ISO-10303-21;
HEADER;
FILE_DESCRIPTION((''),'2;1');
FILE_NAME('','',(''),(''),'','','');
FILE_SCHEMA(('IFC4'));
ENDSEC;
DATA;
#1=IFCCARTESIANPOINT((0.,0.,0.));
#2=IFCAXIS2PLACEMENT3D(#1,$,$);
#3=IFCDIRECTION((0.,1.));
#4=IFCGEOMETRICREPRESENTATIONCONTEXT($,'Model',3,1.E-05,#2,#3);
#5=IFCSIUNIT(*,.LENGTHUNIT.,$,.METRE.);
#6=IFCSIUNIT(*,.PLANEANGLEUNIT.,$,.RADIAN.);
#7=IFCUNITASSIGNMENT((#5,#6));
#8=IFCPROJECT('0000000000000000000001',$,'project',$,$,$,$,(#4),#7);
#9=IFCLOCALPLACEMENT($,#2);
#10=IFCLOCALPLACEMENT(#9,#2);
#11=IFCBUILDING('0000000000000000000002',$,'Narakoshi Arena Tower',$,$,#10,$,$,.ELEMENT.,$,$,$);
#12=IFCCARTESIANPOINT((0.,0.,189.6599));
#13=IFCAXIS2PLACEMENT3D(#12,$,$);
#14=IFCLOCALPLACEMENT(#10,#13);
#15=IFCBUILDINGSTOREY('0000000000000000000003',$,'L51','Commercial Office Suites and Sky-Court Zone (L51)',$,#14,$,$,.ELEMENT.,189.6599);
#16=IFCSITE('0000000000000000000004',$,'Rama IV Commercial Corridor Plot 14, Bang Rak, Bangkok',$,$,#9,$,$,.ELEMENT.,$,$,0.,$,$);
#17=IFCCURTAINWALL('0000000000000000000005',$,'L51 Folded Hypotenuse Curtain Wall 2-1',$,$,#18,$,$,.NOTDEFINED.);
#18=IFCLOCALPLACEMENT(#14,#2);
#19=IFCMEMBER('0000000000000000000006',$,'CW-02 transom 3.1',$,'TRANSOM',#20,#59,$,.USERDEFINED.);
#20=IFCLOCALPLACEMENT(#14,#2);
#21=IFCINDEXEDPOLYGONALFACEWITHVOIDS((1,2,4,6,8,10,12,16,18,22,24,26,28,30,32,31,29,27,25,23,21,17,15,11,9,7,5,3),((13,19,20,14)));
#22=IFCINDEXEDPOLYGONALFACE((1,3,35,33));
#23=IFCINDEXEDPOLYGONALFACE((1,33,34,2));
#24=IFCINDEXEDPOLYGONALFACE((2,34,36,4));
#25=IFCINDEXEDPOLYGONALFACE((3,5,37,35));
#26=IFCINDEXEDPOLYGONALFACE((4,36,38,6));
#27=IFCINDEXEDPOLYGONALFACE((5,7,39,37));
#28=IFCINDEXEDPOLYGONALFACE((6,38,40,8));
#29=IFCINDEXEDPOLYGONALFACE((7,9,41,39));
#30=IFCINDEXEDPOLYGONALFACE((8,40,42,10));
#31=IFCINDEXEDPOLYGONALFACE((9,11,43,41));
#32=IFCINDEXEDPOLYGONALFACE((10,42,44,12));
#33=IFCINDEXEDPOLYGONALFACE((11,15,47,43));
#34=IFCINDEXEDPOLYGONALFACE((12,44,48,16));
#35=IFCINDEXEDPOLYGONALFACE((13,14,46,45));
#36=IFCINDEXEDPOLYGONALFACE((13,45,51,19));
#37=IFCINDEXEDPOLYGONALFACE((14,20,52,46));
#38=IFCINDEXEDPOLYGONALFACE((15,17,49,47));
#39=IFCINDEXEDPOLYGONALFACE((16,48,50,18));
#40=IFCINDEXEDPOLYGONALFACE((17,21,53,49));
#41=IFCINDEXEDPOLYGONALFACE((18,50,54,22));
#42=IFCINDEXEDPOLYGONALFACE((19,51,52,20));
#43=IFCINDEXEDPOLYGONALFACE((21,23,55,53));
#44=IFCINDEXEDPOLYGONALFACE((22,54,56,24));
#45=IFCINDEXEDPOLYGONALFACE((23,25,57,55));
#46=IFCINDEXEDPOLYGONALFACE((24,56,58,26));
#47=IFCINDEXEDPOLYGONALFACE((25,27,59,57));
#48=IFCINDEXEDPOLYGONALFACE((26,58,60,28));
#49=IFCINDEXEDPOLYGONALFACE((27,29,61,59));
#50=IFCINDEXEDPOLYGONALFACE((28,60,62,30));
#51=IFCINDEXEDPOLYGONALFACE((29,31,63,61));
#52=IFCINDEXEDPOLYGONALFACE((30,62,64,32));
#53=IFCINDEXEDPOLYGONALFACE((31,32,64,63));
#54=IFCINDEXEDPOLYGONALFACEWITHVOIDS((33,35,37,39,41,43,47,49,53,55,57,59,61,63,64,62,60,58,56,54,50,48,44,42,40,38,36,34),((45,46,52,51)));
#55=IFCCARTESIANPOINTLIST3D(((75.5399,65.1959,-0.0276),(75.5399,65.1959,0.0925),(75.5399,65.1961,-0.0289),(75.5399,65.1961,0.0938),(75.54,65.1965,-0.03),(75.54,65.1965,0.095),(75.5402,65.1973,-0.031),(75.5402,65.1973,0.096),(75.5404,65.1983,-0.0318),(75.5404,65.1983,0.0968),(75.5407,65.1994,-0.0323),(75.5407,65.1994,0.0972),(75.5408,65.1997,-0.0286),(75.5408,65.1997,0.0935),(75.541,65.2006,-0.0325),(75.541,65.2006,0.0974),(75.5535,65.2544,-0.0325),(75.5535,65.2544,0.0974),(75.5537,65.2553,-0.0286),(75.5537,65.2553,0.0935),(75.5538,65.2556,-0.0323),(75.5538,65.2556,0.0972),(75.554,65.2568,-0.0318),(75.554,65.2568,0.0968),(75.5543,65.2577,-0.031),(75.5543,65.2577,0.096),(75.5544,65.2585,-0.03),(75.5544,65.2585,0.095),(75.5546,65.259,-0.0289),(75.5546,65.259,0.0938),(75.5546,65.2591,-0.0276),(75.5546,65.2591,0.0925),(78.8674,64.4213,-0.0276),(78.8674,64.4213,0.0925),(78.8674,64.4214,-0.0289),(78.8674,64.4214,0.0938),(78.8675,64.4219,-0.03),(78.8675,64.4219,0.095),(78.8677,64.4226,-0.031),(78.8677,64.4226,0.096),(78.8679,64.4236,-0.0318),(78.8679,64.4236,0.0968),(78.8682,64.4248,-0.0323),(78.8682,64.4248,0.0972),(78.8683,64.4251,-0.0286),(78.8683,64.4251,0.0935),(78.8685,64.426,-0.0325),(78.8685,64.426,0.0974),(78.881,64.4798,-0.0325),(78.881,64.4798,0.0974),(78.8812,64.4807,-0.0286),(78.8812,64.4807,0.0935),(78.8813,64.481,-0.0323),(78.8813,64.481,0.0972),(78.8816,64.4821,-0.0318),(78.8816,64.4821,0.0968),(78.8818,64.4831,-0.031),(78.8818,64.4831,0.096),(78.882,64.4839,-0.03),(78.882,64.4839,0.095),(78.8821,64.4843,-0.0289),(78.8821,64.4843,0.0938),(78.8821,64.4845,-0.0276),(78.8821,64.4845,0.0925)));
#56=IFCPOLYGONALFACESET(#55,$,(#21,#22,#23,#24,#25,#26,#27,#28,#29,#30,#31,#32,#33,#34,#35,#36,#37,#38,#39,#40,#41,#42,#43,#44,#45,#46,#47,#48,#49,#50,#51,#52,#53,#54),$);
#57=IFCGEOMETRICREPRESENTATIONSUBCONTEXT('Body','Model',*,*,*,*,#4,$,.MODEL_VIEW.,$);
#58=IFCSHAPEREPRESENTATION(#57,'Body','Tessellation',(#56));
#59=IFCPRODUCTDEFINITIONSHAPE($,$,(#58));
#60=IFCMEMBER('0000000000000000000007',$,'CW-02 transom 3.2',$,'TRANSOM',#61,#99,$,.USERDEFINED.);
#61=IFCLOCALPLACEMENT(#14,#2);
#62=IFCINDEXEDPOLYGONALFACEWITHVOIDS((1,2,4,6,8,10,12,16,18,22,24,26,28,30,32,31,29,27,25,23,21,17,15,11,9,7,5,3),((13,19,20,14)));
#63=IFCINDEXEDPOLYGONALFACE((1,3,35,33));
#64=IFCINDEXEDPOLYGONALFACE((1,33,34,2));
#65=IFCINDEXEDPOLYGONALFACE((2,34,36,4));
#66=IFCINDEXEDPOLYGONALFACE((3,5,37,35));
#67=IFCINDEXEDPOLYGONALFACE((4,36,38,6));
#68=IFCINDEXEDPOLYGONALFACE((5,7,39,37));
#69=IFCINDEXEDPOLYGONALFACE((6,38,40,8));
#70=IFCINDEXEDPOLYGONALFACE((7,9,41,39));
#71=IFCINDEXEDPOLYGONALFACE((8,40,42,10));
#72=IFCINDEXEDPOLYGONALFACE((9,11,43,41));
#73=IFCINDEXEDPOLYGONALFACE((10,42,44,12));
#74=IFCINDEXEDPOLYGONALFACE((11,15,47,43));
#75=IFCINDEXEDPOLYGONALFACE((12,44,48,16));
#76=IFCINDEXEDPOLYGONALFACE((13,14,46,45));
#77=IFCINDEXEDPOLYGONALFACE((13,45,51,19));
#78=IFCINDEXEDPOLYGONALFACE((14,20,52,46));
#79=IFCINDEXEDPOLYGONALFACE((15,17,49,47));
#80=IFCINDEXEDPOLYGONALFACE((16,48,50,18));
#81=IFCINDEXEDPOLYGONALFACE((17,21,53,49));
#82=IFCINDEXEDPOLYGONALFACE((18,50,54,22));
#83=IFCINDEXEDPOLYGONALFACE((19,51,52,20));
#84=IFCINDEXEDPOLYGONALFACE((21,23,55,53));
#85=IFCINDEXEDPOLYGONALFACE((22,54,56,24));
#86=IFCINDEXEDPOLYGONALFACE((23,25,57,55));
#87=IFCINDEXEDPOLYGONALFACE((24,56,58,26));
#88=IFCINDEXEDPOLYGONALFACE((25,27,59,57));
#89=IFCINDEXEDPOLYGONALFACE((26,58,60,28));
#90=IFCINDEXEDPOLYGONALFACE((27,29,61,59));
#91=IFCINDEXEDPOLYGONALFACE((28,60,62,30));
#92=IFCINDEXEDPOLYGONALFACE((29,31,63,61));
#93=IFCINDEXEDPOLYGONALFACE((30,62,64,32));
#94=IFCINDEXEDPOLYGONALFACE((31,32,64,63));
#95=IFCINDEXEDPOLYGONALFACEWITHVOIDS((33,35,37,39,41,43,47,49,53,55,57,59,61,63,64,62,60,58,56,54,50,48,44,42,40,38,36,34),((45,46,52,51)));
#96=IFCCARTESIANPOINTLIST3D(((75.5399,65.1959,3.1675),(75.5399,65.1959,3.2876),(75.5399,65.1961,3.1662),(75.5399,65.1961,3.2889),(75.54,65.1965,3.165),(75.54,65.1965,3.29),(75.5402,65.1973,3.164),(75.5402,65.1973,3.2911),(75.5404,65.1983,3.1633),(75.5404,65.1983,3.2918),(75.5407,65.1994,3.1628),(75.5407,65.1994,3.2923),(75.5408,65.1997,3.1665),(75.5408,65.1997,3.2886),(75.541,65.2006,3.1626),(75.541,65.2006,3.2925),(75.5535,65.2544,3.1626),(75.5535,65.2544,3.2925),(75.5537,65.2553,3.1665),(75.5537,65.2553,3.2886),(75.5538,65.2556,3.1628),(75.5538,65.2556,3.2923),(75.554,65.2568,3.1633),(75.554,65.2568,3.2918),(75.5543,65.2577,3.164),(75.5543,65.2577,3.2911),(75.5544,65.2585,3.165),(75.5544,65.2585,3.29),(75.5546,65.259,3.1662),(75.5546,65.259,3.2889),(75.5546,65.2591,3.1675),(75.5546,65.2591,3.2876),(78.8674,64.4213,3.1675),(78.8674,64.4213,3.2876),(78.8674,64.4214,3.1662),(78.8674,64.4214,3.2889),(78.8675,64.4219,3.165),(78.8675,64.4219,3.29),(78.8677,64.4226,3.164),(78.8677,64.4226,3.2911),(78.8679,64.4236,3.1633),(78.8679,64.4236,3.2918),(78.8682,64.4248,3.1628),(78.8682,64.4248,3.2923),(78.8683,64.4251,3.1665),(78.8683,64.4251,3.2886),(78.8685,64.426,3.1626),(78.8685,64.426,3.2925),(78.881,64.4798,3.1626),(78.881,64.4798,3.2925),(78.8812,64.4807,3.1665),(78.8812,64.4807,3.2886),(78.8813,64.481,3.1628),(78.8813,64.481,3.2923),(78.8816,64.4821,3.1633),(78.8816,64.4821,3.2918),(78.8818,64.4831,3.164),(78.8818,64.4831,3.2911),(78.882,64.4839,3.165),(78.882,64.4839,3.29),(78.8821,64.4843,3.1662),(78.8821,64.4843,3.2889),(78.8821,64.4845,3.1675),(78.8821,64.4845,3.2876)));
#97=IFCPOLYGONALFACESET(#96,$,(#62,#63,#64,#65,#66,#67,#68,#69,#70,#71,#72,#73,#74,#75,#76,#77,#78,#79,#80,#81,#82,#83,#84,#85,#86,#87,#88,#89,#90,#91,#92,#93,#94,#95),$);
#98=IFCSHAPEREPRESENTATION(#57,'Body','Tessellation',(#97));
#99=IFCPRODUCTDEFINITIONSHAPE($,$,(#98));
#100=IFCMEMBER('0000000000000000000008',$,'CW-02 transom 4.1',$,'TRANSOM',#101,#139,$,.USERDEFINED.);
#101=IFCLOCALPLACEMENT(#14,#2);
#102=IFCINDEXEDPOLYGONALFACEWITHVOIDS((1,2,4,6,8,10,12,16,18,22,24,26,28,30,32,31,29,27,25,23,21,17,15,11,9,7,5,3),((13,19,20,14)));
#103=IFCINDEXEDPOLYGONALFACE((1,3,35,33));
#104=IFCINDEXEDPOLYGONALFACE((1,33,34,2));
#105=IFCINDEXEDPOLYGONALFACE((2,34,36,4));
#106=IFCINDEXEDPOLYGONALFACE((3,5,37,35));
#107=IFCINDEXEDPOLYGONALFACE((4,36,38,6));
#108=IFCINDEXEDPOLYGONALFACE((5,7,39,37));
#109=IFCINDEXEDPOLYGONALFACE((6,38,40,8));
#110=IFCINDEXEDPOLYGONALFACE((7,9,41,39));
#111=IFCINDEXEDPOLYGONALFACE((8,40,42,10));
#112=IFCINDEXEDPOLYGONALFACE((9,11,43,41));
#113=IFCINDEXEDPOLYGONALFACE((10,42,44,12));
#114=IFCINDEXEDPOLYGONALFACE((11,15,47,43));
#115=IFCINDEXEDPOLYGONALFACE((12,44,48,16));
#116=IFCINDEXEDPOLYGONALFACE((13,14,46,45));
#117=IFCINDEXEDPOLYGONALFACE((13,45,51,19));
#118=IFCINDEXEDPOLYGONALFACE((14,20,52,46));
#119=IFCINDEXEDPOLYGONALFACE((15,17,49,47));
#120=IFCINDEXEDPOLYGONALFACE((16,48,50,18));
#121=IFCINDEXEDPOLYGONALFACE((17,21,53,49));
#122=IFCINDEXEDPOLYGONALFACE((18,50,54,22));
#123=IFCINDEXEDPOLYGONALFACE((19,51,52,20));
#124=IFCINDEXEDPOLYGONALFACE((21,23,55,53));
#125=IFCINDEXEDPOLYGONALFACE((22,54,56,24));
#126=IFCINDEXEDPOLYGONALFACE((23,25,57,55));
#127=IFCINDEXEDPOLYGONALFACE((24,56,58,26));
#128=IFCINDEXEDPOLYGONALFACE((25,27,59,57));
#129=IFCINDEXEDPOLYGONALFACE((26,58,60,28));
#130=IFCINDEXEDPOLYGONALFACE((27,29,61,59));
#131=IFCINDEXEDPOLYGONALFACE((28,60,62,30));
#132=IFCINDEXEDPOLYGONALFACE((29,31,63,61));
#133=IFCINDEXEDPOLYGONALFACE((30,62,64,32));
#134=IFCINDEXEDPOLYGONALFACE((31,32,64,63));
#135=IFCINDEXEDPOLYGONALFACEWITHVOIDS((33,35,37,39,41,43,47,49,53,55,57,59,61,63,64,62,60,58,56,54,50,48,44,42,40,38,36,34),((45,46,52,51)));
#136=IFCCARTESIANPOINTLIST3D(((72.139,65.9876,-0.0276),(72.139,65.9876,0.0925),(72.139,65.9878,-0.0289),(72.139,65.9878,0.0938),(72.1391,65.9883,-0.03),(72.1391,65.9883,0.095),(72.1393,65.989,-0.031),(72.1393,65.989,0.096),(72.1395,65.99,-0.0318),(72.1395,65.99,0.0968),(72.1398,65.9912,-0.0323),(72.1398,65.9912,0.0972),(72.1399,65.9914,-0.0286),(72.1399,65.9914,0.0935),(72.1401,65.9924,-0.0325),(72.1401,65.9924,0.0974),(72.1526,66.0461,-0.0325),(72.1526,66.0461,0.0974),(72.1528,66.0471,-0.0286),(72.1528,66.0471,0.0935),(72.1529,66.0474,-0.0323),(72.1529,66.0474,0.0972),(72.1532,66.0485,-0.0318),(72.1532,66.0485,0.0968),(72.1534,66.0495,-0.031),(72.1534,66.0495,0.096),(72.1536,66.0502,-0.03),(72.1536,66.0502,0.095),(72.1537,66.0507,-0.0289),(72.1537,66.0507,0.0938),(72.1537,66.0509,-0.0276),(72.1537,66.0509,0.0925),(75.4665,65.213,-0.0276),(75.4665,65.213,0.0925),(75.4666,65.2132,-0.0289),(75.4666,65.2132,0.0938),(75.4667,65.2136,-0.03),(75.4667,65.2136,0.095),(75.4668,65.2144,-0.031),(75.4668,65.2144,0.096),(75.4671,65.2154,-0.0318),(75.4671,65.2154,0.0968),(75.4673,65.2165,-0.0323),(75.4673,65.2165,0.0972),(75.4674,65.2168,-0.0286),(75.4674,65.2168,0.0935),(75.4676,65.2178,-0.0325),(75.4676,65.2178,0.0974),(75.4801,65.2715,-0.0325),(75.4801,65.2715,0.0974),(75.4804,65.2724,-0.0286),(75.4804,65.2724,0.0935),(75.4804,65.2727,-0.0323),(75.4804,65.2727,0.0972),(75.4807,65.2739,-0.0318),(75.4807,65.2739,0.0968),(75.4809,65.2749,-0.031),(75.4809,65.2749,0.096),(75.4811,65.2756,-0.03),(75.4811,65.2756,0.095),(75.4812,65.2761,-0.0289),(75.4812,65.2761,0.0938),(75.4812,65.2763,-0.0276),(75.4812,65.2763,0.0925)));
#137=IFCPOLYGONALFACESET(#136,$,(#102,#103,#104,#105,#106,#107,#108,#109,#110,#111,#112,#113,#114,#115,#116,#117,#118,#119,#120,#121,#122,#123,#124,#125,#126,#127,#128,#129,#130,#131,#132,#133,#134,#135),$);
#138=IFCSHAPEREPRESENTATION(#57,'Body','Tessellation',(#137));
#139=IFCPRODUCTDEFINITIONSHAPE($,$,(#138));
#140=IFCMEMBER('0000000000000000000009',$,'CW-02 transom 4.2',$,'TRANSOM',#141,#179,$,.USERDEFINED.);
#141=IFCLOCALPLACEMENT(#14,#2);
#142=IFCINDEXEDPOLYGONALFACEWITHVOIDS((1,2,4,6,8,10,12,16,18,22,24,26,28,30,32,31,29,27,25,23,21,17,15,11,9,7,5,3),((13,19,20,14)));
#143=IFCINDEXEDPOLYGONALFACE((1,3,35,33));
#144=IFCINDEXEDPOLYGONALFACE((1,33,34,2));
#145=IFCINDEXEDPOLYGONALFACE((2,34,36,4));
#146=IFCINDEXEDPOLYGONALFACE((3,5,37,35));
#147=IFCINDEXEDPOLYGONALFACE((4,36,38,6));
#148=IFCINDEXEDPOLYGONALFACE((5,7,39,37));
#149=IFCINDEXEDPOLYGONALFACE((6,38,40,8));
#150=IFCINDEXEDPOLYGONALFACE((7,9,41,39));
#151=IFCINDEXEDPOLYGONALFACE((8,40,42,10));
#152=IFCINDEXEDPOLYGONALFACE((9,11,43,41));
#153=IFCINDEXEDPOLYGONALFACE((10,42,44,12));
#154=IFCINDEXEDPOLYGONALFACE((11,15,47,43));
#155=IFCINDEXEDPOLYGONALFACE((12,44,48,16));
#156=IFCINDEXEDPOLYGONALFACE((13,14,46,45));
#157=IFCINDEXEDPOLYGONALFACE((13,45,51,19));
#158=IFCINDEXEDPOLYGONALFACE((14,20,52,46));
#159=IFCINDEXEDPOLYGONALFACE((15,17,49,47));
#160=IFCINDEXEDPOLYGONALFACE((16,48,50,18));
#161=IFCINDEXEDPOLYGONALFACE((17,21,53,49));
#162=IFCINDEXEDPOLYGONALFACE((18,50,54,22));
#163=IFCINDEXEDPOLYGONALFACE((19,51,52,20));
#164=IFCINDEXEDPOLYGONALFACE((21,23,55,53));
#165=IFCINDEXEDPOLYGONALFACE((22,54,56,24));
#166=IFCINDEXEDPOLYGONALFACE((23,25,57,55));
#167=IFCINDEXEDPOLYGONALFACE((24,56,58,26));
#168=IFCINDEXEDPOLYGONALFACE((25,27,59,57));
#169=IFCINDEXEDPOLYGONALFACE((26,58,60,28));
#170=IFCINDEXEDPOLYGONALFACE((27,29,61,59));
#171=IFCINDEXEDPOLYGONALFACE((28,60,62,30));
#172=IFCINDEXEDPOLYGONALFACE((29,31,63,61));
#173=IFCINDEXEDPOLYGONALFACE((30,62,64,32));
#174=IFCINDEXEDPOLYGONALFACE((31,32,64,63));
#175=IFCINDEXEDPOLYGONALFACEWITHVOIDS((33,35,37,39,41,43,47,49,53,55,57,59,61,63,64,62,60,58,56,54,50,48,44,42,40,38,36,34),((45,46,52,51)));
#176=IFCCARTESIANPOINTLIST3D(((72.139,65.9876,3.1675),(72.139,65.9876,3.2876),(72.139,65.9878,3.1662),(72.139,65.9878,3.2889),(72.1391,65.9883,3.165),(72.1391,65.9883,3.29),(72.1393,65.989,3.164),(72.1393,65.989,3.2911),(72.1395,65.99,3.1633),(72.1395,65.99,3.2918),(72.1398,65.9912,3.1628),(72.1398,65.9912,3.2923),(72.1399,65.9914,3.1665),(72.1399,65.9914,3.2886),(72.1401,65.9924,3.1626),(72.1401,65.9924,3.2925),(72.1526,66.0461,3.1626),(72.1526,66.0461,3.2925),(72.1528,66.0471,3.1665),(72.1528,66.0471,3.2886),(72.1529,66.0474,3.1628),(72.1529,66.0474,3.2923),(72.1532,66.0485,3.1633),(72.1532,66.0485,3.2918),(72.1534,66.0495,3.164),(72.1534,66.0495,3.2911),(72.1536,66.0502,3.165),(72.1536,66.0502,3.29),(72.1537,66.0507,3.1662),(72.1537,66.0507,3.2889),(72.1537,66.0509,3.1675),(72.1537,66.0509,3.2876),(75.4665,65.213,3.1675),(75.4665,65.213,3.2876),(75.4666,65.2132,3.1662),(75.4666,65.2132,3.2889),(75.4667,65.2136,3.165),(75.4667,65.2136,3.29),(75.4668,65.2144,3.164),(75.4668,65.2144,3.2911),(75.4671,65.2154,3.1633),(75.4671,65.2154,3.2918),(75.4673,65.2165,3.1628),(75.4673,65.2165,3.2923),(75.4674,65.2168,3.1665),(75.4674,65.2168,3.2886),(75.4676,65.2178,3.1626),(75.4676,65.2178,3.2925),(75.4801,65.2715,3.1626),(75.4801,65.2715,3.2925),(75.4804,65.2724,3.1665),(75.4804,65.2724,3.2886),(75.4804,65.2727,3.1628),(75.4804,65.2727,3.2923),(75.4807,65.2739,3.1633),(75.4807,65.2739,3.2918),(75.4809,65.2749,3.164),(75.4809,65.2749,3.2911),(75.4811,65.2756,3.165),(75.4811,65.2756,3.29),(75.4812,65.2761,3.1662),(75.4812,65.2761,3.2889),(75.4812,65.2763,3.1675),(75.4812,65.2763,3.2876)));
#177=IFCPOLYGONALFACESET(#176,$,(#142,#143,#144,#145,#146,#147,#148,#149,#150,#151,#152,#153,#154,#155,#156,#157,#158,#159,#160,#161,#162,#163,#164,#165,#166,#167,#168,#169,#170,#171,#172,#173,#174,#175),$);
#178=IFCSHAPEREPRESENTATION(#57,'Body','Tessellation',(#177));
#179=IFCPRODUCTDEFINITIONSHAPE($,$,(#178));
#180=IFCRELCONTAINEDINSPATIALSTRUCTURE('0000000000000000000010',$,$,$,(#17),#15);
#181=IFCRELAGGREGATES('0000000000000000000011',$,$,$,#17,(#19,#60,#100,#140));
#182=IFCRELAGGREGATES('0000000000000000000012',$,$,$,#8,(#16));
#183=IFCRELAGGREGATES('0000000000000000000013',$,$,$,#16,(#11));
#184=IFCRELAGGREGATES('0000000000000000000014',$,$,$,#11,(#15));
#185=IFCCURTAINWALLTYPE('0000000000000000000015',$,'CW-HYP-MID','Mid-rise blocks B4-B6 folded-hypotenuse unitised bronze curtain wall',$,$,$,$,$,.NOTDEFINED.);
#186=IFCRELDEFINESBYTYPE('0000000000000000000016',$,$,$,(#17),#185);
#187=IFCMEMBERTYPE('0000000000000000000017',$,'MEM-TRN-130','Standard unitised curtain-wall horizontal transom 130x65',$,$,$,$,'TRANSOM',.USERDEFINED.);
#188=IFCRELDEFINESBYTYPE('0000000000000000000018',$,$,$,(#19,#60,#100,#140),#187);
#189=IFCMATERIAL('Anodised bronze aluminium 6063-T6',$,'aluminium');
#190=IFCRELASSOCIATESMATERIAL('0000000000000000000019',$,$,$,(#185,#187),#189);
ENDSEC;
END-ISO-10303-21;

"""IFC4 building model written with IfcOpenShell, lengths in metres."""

from ifc_helpers import new_model, si_unit, direction, frame, origin, origin_2d, place, context, subcontext, project, spatial, hollow_rectangle, extrude, material, material_profile, profile_set, type_object, element, aggregate, save


model = new_model("IFC4")

# Units and contexts
model_context = context("Model", 3, precision=1e-05, world=origin(), true_north=direction((0.0, 1.0)))
body_context = subcontext(model_context, "Body", "Model", "MODEL_VIEW")
ifc_project = project(units=[si_unit("LENGTHUNIT", "METRE"), si_unit("PLANEANGLEUNIT", "RADIAN")], contexts=[model_context])

# Site, building, storey
site_placement = place(None, origin())
site = spatial("IfcSite", under=ifc_project, at=site_placement, Name="Rama IV Commercial Corridor Plot 14, Bang Rak, Bangkok", CompositionType="ELEMENT", RefElevation=0.0)
building_placement = place(site_placement, origin())
building = spatial("IfcBuilding", under=site, at=building_placement, Name="Narakoshi Arena Tower", CompositionType="ELEMENT")
storey_placement = place(building_placement, frame((0.0, 0.0, 189.6599)))
storey = spatial("IfcBuildingStorey", under=building, at=storey_placement, Name="L51", Description="Commercial Office Suites and Sky-Court Zone (L51)", CompositionType="ELEMENT", Elevation=189.6599)

# Curtain wall, members
ifc_material_1 = material(Name="Anodised bronze aluminium 6063-T6", Category="aluminium")
curtain_wall_type = type_object("IfcCurtainWallType", Name="CW-HYP-MID", Description="Mid-rise blocks B4-B6 folded-hypotenuse unitised bronze curtain wall", PredefinedType="NOTDEFINED", material=ifc_material_1)
curtain_wall_placement = place(storey_placement, origin())
curtain_wall = element("IfcCurtainWall", 1, at=curtain_wall_placement, inside=storey, type_object=curtain_wall_type, Name="L51 Folded Hypotenuse Curtain Wall 2-1", PredefinedType="NOTDEFINED")
ifc_material_profile_1 = material_profile(ifc_material_1, hollow_rectangle(XDim=0.0649, YDim=0.1299, WallThickness=0.0039, OuterFilletRadius=0.0049, at=origin_2d()), Name="TRN130x65x4")
ifc_profile_set_1 = profile_set([ifc_material_profile_1], Name="Anodised bronze aluminium 6063-T6")
member_type_1 = type_object("IfcMemberType", Name="MEM-TRN-130", Description="Standard unitised curtain-wall horizontal transom 130x65", ElementType="TRANSOM", PredefinedType="USERDEFINED", material=ifc_profile_set_1)
member_1_placement = place(storey_placement, frame((78.8748, 64.4529, 0.0325), z_axis=(-0.973957, 0.226733, 0.0), x_axis=(-0.226733, -0.973957, 0.0)))
member_1 = element("IfcMember", 2, at=member_1_placement, type_object=member_type_1, Name="CW-02 transom 3.1", ObjectType="TRANSOM", PredefinedType="USERDEFINED", context=body_context, shape_type="SweptSolid", body=[
    extrude(hollow_rectangle(XDim=0.0649, YDim=0.1299, WallThickness=0.0039, OuterFilletRadius=0.0049, at=origin_2d()), origin(), (0.0, 0.0, 1.0), 3.4165),
])
member_2_placement = place(storey_placement, frame((78.8748, 64.4529, 3.2275), z_axis=(-0.973957, 0.226733, 0.0), x_axis=(-0.226733, -0.973957, 0.0)))
member_2 = element("IfcMember", 3, at=member_2_placement, type_object=member_type_1, Name="CW-02 transom 3.2", ObjectType="TRANSOM", PredefinedType="USERDEFINED", context=body_context, shape_type="SweptSolid", body=[
    extrude(hollow_rectangle(XDim=0.0649, YDim=0.1299, WallThickness=0.0039, OuterFilletRadius=0.0049, at=origin_2d()), origin(), (0.0, 0.0, 1.0), 3.4165),
])
member_3_placement = place(storey_placement, frame((75.4739, 65.2446, 0.0325), z_axis=(-0.973957, 0.226733, 0.0), x_axis=(-0.226733, -0.973957, 0.0)))
member_3 = element("IfcMember", 4, at=member_3_placement, type_object=member_type_1, Name="CW-02 transom 4.1", ObjectType="TRANSOM", PredefinedType="USERDEFINED", context=body_context, shape_type="SweptSolid", body=[
    extrude(hollow_rectangle(XDim=0.0649, YDim=0.1299, WallThickness=0.0039, OuterFilletRadius=0.0049, at=origin_2d()), origin(), (0.0, 0.0, 1.0), 3.4165),
])
member_4_placement = place(storey_placement, frame((75.4739, 65.2446, 3.2275), z_axis=(-0.973957, 0.226733, 0.0), x_axis=(-0.226733, -0.973957, 0.0)))
member_4 = element("IfcMember", 5, at=member_4_placement, type_object=member_type_1, Name="CW-02 transom 4.2", ObjectType="TRANSOM", PredefinedType="USERDEFINED", context=body_context, shape_type="SweptSolid", body=[
    extrude(hollow_rectangle(XDim=0.0649, YDim=0.1299, WallThickness=0.0039, OuterFilletRadius=0.0049, at=origin_2d()), origin(), (0.0, 0.0, 1.0), 3.4165),
])
aggregate(curtain_wall, [member_1, member_2, member_3, member_4])

save(model, "model.ifc")
